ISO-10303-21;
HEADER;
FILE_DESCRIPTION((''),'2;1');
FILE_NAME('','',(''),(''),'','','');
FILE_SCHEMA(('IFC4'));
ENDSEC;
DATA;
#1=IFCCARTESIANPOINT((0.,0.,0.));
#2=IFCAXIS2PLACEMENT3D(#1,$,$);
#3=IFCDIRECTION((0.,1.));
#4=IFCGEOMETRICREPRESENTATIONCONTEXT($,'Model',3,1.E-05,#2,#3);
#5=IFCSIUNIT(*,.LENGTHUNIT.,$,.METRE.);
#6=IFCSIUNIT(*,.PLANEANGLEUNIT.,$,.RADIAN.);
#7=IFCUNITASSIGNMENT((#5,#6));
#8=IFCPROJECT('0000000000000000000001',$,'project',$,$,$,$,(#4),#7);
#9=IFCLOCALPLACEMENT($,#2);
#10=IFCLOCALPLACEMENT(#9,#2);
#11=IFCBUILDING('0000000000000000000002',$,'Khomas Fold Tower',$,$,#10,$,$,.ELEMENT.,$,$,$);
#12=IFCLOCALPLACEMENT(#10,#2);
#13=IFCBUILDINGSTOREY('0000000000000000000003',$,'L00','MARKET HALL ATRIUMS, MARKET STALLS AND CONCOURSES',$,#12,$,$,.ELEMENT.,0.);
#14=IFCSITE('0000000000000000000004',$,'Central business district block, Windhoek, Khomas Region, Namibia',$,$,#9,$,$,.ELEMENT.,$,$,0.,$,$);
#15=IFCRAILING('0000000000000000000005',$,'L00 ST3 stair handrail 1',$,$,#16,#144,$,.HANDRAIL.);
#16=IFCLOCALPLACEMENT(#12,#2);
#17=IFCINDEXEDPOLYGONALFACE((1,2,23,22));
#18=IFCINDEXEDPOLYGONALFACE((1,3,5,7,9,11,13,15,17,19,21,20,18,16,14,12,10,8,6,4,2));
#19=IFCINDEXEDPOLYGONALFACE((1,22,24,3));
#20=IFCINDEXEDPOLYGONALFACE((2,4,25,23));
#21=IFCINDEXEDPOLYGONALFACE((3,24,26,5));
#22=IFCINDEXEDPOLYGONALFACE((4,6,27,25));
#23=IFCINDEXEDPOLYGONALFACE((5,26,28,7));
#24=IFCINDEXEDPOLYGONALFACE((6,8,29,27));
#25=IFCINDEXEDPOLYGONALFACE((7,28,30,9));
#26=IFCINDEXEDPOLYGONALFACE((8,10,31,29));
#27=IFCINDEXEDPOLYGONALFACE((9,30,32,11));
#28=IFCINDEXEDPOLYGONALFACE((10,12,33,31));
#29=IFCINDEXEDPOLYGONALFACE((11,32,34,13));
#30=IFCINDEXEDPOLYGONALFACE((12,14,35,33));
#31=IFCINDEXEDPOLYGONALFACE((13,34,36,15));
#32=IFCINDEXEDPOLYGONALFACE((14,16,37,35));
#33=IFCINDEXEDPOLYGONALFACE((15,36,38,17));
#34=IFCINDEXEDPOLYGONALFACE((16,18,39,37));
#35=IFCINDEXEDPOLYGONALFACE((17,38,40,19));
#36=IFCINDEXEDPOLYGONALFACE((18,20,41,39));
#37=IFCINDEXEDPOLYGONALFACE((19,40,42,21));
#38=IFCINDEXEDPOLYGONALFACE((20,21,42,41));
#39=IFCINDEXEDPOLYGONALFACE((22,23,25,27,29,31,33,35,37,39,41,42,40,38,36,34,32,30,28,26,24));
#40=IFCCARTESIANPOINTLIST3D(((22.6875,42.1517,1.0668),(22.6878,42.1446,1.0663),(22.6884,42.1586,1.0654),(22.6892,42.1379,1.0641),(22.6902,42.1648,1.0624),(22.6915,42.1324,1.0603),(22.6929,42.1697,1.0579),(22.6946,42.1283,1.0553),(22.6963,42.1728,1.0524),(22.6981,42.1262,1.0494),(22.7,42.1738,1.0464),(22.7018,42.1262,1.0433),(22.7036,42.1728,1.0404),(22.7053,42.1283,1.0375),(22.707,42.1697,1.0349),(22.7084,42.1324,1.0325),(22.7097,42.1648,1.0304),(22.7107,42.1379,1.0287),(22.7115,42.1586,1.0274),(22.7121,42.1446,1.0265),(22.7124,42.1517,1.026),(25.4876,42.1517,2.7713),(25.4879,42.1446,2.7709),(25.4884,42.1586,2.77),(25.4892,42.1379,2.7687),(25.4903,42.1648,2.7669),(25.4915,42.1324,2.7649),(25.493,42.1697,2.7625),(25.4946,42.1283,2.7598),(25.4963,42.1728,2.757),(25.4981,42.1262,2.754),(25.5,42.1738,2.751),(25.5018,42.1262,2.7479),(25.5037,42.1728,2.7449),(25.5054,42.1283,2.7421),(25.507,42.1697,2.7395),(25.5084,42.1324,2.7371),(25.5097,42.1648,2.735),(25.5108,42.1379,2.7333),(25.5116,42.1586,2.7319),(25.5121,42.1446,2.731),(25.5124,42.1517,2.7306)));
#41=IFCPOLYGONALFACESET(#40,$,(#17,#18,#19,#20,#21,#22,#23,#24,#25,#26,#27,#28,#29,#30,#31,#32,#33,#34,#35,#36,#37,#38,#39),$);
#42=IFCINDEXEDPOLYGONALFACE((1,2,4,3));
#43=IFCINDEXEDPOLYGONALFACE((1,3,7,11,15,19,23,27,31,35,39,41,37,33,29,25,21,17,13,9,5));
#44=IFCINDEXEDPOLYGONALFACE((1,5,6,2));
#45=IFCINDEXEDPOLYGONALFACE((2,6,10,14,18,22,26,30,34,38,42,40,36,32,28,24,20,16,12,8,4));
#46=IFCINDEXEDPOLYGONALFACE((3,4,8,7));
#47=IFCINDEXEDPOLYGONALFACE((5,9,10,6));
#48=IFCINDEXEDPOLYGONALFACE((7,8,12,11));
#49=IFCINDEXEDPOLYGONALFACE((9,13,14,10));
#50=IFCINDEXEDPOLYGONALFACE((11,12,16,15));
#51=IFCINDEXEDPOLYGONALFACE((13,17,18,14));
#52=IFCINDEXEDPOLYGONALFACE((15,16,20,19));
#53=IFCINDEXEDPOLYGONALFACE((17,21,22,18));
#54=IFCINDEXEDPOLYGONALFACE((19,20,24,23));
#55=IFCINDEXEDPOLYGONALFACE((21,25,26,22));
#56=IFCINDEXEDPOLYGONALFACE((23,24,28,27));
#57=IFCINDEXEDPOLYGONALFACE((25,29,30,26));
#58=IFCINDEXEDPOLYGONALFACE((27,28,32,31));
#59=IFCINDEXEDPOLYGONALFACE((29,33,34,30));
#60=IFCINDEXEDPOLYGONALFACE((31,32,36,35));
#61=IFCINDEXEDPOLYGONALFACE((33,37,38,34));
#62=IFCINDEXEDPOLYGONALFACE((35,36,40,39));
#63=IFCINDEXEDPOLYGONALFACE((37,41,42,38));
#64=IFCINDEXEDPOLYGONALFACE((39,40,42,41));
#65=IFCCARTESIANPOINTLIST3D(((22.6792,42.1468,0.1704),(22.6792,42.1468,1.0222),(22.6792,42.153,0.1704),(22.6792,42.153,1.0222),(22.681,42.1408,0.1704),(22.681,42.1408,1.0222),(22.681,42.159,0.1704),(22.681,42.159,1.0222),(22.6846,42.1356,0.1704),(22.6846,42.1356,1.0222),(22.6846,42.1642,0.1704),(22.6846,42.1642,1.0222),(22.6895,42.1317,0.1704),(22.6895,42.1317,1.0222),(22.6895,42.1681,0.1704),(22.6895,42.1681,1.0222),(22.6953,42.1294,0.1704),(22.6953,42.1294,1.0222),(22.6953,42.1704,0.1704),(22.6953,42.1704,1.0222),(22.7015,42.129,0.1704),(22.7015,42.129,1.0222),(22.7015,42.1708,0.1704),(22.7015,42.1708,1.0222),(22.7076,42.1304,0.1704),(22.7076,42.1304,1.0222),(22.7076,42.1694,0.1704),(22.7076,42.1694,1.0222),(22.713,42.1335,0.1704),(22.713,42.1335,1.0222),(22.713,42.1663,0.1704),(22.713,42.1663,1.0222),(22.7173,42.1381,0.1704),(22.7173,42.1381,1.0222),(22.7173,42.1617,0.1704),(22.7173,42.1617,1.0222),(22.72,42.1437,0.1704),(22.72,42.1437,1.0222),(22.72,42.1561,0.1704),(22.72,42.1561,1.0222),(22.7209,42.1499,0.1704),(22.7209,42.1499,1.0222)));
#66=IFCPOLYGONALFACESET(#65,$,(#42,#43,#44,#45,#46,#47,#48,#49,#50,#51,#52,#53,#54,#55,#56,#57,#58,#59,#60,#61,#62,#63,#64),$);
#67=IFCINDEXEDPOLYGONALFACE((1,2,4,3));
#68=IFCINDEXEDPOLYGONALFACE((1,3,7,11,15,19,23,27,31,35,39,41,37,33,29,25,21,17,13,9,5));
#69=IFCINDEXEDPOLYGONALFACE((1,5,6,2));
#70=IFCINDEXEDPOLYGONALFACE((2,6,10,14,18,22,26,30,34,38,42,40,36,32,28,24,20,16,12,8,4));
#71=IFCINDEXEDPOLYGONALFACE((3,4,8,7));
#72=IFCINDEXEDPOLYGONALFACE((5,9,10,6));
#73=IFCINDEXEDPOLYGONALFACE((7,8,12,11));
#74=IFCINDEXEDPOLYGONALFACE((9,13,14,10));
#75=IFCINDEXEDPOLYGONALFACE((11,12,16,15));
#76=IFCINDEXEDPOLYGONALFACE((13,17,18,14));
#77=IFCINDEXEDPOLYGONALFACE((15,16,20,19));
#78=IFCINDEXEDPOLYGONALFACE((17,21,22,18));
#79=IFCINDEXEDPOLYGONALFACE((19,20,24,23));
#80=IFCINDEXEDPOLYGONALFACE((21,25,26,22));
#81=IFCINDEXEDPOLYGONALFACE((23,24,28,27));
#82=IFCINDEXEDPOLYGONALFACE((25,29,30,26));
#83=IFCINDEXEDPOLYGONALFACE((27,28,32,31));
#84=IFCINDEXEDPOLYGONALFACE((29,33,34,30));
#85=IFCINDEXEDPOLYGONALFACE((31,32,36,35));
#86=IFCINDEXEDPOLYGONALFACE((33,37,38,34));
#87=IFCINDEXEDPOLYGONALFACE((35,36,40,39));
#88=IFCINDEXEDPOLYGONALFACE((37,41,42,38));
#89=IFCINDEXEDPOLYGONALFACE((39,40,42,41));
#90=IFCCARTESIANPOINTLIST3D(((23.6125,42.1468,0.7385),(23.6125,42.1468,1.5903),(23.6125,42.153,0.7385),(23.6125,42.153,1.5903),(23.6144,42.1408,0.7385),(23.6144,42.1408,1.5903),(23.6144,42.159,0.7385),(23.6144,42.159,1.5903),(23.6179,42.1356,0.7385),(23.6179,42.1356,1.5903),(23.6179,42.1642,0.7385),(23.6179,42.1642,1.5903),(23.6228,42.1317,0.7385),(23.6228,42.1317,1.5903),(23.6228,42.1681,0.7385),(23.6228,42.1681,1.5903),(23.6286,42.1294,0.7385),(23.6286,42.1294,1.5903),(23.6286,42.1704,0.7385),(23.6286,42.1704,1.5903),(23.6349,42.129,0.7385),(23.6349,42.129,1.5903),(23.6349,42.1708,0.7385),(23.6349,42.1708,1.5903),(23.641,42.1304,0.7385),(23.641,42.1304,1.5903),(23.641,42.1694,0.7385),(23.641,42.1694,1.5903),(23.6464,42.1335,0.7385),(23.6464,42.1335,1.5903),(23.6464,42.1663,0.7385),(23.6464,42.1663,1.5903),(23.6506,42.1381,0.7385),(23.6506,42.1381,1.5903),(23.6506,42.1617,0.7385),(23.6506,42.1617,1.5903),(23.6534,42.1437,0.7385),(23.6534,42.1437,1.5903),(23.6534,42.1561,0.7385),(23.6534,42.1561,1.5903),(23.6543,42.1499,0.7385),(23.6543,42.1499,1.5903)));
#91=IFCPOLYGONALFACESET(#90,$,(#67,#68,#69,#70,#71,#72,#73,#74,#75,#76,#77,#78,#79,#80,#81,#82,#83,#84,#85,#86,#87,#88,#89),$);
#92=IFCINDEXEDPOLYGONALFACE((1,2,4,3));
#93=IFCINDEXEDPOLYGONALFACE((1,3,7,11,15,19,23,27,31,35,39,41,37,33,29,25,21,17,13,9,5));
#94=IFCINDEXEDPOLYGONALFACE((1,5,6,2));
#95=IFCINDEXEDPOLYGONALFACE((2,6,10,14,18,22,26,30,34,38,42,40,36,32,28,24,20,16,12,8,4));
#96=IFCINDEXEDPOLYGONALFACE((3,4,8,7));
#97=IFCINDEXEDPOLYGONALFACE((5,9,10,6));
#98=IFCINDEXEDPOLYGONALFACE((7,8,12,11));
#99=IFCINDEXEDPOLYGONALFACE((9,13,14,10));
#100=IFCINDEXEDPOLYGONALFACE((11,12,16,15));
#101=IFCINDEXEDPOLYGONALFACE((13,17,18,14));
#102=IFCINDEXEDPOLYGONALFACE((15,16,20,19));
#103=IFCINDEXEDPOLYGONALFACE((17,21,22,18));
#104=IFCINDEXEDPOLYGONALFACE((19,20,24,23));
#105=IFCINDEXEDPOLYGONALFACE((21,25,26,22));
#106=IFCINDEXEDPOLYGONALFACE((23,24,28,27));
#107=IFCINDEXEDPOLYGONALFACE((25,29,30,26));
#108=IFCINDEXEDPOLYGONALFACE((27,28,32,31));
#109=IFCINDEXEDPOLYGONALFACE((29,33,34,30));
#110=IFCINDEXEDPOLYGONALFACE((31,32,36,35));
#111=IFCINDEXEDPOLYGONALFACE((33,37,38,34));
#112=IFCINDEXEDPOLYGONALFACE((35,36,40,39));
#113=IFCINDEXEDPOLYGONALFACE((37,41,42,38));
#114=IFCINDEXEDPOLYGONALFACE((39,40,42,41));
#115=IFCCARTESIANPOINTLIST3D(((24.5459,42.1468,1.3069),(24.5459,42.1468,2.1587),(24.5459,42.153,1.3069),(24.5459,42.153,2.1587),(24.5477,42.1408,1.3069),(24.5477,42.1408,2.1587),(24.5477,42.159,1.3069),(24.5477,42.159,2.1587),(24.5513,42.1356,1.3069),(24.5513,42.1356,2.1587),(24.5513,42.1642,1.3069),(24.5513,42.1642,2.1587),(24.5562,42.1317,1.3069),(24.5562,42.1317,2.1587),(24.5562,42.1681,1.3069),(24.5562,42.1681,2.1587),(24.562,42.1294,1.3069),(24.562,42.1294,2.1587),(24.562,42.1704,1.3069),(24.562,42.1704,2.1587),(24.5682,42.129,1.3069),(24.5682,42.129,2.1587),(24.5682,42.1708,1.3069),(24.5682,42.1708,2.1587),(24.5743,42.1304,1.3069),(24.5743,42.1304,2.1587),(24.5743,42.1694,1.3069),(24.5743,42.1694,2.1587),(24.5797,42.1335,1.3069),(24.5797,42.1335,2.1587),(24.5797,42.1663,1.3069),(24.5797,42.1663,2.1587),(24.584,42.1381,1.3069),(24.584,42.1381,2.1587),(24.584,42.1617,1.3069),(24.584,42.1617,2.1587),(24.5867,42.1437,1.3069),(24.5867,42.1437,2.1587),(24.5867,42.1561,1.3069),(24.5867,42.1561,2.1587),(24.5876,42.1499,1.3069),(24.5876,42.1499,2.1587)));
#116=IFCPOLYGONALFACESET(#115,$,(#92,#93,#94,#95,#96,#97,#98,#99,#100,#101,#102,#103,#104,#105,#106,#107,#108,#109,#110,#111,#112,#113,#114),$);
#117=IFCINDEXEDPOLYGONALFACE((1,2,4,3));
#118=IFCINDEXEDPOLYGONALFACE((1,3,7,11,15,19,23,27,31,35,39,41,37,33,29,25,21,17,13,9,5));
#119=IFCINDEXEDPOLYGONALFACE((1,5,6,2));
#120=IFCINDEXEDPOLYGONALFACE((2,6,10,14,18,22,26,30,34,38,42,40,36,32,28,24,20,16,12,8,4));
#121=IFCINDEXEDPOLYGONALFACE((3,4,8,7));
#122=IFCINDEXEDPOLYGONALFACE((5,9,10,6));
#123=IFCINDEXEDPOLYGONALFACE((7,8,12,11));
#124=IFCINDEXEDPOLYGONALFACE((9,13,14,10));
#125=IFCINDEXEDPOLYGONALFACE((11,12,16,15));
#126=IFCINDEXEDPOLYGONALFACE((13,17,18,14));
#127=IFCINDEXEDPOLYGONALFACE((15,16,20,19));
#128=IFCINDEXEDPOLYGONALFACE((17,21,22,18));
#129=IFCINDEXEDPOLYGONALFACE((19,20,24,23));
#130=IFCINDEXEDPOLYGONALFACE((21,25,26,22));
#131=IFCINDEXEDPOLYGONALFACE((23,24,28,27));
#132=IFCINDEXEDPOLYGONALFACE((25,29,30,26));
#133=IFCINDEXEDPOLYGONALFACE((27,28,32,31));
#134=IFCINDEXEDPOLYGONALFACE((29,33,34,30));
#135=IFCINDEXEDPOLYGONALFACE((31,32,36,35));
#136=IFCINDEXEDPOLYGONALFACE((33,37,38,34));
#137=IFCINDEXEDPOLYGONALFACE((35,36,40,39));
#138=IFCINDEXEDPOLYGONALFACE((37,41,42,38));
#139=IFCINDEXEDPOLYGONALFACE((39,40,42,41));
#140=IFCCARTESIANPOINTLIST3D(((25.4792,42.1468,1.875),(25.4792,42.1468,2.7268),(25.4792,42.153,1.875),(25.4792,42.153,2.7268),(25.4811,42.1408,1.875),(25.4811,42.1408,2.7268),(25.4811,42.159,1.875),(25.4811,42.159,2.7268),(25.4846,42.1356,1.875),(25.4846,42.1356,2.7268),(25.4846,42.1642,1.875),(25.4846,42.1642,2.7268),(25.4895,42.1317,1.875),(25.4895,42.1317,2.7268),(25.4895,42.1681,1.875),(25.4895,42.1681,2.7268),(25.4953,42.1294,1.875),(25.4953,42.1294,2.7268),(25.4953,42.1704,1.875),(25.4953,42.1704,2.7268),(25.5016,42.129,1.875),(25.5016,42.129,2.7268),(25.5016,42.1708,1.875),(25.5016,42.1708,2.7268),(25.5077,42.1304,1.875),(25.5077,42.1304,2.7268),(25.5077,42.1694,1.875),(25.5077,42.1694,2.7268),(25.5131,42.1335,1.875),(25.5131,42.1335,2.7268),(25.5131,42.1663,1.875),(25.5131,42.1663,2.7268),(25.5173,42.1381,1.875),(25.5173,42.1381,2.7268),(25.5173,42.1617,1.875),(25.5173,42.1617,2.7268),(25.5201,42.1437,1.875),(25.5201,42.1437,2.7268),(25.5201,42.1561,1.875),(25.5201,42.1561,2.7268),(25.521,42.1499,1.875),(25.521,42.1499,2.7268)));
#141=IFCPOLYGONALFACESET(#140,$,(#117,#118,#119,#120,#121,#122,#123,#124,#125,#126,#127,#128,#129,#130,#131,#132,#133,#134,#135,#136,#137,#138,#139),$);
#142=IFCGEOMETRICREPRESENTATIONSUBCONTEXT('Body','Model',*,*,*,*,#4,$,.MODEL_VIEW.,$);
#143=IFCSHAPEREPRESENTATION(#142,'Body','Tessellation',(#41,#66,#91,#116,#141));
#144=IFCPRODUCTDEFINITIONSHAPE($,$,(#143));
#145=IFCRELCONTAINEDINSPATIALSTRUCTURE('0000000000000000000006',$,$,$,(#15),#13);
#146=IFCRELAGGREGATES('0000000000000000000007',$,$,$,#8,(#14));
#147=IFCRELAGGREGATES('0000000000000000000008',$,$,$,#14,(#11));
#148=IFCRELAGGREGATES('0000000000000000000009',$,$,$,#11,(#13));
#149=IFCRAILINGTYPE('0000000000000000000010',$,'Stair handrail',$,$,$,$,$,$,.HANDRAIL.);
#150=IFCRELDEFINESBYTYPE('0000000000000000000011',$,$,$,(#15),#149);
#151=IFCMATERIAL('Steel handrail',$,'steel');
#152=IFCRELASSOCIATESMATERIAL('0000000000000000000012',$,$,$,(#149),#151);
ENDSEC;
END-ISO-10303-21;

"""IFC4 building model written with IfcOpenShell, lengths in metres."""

from ifc_helpers import new_model, si_unit, direction, frame, origin, origin_2d, place, context, subcontext, project, spatial, circle, extrude, source, transform, mapped, material, type_object, element, save


model = new_model("IFC4")

# Units and contexts
model_context = context("Model", 3, precision=1e-05, world=origin(), true_north=direction((0.0, 1.0)))
body_context = subcontext(model_context, "Body", "Model", "MODEL_VIEW")
ifc_project = project(units=[si_unit("LENGTHUNIT", "METRE"), si_unit("PLANEANGLEUNIT", "RADIAN")], contexts=[model_context])

# Site, building, storey
site_placement = place(None, origin())
site = spatial("IfcSite", under=ifc_project, at=site_placement, Name="Central business district block, Windhoek, Khomas Region, Namibia", CompositionType="ELEMENT", RefElevation=0.0)
building_placement = place(site_placement, origin())
building = spatial("IfcBuilding", under=site, at=building_placement, Name="Khomas Fold Tower", CompositionType="ELEMENT")
storey_placement = place(building_placement, origin())
storey = spatial("IfcBuildingStorey", under=building, at=storey_placement, Name="L00", Description="MARKET HALL ATRIUMS, MARKET STALLS AND CONCOURSES", CompositionType="ELEMENT", Elevation=0.0)

# Railing
ifc_material_1 = material(Name="Steel handrail", Category="steel")
railing_type_1 = type_object("IfcRailingType", Name="Stair handrail", PredefinedType="HANDRAIL", material=ifc_material_1)
shared_shape_1 = source(origin(), body_context, "Body", "SweptSolid", [
    extrude(circle(Radius=0.0239, at=origin_2d()), frame((0.0, 0.0, 0.876), z_axis=(0.85417, 0.0, 0.519994), x_axis=(0.0, 1.0, 0.0)), (0.0, 0.0, 1.0), 3.2781),
    extrude(circle(Radius=0.021, at=origin_2d()), origin(), (0.0, 0.0, 1.0), 0.8518),
    extrude(circle(Radius=0.021, at=origin_2d()), frame((0.9333, 0.0, 0.5681)), (0.0, 0.0, 1.0), 0.8518),
    extrude(circle(Radius=0.021, at=origin_2d()), frame((1.8667, 0.0, 1.1365)), (0.0, 0.0, 1.0), 0.8518),
    extrude(circle(Radius=0.021, at=origin_2d()), frame((2.8, 0.0, 1.7046)), (0.0, 0.0, 1.0), 0.8518),
])
for number, where, name in (
    (1, (22.7, 42.1499, 0.1704), "L00 ST3 stair handrail 1"),
):
    element("IfcRailing", number, at=place(storey_placement, frame(where)), inside=storey, type_object=railing_type_1, Name=name, PredefinedType="HANDRAIL", context=body_context, shape_type="MappedRepresentation", body=[
        mapped(shared_shape_1, transform((0.0, 0.0, 0.0))),
    ])

save(model, "model.ifc")
